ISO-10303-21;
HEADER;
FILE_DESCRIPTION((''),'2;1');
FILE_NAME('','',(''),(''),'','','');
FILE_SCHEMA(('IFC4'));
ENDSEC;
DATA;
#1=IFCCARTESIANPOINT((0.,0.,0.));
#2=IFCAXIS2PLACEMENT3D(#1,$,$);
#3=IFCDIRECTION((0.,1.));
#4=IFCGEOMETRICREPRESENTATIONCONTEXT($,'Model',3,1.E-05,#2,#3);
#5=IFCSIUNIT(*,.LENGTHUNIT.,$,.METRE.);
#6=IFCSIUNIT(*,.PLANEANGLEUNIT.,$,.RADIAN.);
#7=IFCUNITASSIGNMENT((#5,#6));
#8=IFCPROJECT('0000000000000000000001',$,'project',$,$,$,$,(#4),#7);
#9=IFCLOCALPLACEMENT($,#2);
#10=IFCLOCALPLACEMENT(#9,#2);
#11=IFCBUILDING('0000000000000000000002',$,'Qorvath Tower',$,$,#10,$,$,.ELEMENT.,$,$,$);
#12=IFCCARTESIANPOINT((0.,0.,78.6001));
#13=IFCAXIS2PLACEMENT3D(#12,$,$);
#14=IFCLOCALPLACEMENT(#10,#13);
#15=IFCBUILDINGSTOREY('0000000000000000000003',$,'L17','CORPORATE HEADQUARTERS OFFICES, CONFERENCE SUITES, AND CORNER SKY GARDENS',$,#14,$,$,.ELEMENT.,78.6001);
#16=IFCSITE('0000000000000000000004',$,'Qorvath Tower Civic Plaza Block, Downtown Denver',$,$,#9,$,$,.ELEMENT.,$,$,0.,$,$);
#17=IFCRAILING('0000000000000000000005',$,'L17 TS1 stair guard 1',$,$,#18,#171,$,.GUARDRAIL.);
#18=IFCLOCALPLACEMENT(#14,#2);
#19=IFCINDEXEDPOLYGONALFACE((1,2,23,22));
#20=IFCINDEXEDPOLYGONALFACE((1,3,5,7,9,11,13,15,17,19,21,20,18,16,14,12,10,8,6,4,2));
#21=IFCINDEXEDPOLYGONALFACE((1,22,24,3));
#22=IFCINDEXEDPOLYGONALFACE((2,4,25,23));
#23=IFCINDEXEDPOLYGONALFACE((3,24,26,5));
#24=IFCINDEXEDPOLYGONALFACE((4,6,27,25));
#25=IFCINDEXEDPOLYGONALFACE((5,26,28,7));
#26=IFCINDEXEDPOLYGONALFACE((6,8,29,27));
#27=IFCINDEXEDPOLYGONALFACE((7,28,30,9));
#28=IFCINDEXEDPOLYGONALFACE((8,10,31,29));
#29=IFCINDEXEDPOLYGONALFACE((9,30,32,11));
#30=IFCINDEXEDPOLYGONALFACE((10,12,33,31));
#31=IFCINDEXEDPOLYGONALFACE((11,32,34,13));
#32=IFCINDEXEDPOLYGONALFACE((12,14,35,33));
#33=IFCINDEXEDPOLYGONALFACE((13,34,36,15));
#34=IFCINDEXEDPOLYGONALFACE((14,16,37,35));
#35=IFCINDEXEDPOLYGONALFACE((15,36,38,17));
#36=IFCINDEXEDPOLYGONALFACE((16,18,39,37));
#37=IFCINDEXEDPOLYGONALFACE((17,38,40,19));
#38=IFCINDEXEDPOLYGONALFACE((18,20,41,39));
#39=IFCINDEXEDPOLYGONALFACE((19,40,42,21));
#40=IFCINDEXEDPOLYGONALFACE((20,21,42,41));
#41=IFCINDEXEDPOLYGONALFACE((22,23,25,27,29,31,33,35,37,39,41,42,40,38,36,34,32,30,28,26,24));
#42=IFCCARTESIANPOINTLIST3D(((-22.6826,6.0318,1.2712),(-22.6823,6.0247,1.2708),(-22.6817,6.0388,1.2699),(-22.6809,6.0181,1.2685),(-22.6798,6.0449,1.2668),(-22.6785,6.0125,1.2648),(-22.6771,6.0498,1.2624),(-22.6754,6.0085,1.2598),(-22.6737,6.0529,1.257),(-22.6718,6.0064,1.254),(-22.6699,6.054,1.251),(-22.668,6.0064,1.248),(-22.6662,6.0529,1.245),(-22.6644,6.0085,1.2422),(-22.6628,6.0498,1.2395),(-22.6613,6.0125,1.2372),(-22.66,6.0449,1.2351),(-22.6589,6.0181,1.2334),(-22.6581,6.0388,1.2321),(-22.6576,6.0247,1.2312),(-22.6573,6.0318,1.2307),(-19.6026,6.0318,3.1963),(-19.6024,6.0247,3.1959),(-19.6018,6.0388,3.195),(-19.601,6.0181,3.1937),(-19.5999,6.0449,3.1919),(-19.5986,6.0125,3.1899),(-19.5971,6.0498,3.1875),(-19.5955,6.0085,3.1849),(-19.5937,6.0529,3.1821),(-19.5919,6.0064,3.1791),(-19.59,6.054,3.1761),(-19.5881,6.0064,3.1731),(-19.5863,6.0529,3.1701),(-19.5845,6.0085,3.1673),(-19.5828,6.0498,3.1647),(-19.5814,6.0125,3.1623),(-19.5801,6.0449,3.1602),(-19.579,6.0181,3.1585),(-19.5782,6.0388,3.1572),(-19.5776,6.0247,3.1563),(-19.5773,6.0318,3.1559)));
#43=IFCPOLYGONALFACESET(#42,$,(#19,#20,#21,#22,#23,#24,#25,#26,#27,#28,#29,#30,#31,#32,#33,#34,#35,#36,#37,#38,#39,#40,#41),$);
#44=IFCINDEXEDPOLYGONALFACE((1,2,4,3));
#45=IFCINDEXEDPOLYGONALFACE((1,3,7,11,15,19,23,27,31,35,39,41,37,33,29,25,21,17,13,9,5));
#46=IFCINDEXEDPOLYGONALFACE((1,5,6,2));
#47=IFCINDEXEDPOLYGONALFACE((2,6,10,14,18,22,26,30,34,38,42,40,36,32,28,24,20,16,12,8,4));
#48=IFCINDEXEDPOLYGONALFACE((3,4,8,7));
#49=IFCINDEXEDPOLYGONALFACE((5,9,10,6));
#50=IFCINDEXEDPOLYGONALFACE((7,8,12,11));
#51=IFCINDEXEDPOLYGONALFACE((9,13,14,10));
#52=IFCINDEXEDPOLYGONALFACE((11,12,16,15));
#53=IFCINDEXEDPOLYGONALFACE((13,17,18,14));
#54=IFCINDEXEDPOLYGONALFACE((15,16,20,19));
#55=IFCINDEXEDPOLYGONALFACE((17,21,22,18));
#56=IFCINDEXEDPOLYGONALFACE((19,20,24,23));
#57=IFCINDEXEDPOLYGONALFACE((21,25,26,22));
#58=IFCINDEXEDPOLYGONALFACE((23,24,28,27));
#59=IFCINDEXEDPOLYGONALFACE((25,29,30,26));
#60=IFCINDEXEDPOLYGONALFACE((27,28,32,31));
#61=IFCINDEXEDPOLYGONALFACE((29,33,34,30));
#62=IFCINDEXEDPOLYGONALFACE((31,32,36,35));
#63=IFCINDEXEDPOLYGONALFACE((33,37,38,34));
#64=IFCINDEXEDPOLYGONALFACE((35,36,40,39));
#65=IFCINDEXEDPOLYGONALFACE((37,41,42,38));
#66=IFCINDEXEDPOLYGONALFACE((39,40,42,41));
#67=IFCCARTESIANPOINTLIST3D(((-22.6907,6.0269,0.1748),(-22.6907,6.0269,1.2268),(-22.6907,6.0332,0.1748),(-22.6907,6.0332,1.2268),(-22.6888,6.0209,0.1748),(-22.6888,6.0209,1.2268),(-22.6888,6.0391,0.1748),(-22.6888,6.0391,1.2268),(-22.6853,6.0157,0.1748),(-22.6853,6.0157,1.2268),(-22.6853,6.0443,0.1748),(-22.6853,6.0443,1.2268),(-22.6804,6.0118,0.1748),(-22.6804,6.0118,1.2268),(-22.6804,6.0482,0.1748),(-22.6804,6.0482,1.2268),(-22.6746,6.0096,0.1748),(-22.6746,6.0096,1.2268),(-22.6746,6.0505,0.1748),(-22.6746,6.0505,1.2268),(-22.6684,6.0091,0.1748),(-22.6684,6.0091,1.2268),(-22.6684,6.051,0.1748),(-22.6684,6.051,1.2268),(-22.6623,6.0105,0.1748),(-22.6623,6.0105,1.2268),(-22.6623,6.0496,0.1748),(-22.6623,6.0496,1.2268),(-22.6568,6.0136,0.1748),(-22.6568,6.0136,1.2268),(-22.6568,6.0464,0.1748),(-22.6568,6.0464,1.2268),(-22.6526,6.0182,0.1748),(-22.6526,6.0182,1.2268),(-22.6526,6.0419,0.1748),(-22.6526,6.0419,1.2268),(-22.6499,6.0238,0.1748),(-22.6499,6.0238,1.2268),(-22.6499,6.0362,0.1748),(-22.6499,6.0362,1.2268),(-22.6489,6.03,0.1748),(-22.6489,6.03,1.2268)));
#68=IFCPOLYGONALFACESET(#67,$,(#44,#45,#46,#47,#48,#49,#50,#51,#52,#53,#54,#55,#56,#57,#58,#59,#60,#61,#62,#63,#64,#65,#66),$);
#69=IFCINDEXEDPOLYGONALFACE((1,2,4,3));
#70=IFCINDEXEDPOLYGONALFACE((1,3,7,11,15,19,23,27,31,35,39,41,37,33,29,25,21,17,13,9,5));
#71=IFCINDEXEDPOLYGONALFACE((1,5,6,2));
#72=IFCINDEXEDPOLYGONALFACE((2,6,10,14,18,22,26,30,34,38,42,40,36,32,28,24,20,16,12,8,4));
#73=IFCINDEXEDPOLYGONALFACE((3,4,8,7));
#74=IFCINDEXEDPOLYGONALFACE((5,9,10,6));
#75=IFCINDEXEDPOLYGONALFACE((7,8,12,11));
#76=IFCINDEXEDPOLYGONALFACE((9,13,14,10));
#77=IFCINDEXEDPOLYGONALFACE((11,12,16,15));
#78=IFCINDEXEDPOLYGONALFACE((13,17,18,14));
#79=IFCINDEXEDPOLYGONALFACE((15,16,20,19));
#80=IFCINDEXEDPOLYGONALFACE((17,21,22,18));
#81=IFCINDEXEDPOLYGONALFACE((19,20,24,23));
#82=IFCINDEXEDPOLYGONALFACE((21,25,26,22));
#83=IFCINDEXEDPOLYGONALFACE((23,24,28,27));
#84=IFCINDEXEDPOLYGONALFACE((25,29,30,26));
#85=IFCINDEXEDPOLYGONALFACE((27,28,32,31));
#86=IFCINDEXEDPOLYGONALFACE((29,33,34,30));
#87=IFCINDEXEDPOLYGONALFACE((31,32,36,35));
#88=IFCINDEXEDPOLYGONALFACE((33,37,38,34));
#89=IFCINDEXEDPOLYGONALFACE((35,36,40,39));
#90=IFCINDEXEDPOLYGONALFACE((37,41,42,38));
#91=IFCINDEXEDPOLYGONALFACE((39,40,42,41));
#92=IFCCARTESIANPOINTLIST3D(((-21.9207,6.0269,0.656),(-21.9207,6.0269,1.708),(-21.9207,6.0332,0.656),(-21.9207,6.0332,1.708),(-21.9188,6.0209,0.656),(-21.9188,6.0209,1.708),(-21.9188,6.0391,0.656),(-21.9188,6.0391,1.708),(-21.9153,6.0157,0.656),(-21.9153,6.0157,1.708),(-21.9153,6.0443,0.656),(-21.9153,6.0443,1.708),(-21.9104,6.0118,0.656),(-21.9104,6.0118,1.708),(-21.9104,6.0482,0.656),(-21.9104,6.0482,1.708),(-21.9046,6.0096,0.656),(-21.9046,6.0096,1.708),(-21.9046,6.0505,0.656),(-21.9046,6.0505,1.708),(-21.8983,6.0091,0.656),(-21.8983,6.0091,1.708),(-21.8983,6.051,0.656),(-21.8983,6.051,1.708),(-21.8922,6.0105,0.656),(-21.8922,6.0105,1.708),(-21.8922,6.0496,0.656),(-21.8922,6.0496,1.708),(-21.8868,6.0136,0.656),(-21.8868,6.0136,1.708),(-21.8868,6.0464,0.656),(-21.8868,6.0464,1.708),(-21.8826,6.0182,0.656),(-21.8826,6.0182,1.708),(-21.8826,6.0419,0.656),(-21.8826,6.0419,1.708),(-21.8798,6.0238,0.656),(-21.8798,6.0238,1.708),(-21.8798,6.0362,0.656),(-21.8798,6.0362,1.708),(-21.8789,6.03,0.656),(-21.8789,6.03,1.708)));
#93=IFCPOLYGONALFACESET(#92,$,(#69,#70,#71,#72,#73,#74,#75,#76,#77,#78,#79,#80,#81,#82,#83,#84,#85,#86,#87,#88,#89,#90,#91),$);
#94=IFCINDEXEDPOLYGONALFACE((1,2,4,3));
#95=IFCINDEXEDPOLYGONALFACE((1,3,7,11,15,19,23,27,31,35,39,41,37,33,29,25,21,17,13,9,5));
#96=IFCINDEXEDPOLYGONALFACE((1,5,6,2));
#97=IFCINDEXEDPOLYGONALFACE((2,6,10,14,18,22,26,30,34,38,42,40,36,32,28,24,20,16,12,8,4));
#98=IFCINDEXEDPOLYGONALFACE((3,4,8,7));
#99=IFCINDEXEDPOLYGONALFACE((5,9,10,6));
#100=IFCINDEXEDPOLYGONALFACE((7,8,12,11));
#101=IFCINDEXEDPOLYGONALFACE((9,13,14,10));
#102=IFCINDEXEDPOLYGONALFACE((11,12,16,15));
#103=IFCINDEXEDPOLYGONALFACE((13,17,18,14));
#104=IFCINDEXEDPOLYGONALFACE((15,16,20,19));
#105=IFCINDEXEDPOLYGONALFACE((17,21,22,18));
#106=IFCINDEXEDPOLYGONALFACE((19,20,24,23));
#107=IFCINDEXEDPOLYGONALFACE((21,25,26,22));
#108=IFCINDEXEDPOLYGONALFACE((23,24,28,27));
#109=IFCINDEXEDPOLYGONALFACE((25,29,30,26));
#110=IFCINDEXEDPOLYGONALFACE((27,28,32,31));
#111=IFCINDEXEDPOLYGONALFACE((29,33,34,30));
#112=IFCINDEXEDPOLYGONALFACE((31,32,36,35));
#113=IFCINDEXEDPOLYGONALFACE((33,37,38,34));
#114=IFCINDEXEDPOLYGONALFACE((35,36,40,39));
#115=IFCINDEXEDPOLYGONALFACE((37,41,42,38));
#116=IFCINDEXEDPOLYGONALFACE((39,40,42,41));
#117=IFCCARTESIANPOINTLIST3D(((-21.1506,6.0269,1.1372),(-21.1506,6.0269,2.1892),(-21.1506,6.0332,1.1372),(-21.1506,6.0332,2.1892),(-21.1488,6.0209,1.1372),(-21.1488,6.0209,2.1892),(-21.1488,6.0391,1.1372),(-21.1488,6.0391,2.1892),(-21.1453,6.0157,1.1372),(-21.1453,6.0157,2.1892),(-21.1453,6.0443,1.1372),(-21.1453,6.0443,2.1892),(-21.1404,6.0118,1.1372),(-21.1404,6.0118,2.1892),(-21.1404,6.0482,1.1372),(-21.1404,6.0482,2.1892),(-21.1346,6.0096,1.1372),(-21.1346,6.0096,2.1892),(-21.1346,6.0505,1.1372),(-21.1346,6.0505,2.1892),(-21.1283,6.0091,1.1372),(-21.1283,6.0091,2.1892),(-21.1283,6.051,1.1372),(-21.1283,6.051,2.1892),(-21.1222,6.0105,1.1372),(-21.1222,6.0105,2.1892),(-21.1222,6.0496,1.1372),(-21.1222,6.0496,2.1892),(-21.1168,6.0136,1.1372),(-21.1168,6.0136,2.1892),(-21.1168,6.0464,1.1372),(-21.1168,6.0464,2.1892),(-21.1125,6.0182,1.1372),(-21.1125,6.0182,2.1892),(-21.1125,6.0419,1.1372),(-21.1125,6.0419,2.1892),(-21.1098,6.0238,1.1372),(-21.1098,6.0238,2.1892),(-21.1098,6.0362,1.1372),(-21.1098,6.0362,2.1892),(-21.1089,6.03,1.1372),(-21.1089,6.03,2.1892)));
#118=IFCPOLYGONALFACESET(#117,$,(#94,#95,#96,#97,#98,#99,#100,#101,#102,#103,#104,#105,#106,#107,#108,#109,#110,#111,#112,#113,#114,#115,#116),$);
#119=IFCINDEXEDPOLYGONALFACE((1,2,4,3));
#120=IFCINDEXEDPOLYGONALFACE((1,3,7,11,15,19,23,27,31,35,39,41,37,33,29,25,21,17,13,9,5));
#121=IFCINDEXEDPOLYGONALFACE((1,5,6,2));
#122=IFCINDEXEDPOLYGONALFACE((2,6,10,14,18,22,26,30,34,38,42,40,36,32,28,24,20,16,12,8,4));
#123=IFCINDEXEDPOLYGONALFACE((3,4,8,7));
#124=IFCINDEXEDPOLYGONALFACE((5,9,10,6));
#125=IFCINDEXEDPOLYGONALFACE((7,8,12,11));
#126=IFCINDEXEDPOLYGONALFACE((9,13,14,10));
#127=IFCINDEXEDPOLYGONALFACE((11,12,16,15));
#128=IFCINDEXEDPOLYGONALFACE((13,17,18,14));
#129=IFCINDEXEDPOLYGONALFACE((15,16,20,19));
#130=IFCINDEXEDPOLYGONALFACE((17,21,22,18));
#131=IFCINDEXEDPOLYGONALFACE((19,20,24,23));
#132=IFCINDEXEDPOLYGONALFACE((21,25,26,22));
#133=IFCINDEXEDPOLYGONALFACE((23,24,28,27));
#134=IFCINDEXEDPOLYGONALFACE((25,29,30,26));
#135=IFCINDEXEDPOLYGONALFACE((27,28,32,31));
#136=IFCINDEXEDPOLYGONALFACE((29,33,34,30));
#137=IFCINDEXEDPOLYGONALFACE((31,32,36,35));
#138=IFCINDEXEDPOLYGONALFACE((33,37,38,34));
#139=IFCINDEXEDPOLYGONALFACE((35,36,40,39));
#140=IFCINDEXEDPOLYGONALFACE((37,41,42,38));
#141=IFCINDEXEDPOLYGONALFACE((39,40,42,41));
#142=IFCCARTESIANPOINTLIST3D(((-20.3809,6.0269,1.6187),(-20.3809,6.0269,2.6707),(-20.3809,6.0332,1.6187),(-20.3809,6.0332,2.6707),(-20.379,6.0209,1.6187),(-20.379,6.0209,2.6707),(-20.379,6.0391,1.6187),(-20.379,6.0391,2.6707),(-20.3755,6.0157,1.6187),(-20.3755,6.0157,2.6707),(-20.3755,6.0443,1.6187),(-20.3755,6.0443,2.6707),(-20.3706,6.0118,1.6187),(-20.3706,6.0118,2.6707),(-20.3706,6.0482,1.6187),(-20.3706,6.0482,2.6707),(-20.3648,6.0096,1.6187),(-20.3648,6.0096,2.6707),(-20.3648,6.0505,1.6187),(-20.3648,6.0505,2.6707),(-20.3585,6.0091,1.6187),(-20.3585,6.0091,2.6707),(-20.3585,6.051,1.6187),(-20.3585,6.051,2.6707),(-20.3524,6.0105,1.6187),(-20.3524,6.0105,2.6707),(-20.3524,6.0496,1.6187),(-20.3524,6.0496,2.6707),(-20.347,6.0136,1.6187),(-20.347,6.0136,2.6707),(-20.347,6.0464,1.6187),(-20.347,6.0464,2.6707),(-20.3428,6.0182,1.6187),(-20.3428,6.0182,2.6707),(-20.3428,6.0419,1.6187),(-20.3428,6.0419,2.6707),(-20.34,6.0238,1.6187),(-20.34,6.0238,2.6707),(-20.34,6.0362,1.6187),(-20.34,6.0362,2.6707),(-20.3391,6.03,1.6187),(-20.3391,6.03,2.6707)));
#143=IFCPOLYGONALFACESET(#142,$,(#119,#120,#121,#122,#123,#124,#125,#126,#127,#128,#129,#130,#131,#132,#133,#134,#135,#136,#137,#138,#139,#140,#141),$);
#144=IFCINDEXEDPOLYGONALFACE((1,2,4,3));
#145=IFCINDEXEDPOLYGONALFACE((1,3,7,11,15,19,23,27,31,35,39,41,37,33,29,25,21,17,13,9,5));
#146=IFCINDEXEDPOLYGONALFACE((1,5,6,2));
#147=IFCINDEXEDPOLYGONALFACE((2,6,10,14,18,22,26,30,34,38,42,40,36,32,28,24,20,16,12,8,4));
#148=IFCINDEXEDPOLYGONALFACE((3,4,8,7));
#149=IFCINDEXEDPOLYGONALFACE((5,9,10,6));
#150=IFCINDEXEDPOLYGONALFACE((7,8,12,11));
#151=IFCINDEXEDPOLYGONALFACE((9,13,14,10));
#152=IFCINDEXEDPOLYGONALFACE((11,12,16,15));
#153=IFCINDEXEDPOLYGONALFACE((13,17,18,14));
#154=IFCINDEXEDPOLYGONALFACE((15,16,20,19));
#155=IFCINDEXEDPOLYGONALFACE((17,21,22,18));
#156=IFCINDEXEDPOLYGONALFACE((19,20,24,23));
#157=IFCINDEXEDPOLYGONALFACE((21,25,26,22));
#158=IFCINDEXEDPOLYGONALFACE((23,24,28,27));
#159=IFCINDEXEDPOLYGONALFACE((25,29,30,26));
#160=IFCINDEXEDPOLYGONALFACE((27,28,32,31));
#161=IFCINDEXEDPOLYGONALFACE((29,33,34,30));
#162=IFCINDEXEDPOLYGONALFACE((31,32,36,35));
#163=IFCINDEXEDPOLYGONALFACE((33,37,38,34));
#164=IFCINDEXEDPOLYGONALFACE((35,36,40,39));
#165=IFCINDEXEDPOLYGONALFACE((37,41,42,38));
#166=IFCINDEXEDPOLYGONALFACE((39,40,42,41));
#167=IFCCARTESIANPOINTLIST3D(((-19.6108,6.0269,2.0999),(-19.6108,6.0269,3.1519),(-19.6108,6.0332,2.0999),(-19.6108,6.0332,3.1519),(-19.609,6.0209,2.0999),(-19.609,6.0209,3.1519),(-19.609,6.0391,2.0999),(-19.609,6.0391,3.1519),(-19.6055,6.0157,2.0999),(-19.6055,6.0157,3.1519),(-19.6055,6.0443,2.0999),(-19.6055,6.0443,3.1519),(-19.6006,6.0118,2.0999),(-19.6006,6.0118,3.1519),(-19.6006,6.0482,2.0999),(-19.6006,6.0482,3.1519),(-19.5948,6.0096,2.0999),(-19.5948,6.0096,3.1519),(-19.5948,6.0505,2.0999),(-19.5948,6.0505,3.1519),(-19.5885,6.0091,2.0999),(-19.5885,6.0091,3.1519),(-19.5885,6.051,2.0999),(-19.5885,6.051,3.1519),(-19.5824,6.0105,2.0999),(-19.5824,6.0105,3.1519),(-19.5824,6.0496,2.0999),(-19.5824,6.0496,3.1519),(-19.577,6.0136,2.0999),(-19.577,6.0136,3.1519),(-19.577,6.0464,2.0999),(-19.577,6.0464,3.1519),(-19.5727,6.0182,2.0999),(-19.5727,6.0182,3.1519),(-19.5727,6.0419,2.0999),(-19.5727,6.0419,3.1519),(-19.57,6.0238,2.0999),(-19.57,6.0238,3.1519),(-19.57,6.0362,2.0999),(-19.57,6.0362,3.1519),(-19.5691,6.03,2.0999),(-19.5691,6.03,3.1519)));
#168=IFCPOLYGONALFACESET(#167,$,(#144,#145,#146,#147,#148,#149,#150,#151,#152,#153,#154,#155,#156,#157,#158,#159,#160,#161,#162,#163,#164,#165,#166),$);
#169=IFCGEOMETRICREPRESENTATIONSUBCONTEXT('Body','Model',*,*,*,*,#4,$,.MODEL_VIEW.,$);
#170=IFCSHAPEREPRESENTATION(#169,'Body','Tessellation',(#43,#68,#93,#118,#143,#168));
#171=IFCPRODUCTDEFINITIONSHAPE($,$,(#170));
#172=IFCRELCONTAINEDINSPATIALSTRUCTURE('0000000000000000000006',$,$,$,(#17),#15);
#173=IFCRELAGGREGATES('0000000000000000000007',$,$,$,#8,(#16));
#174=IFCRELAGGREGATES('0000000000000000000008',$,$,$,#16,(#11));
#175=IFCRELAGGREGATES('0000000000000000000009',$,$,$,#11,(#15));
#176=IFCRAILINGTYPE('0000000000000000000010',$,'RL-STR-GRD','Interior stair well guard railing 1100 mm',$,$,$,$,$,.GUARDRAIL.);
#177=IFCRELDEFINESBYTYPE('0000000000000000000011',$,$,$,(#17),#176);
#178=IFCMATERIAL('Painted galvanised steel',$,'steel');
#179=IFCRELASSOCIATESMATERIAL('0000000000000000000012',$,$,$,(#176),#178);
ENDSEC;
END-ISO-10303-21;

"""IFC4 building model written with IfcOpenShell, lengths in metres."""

from ifc_helpers import new_model, si_unit, direction, frame, origin, origin_2d, place, context, subcontext, project, spatial, circle, extrude, material, type_object, element, save


model = new_model("IFC4")

# Units and contexts
model_context = context("Model", 3, precision=1e-05, world=origin(), true_north=direction((0.0, 1.0)))
body_context = subcontext(model_context, "Body", "Model", "MODEL_VIEW")
ifc_project = project(units=[si_unit("LENGTHUNIT", "METRE"), si_unit("PLANEANGLEUNIT", "RADIAN")], contexts=[model_context])

# Site, building, storey
site_placement = place(None, origin())
site = spatial("IfcSite", under=ifc_project, at=site_placement, Name="Qorvath Tower Civic Plaza Block, Downtown Denver", CompositionType="ELEMENT", RefElevation=0.0)
building_placement = place(site_placement, origin())
building = spatial("IfcBuilding", under=site, at=building_placement, Name="Qorvath Tower", CompositionType="ELEMENT")
storey_placement = place(building_placement, frame((0.0, 0.0, 78.6001)))
storey = spatial("IfcBuildingStorey", under=building, at=storey_placement, Name="L17", Description="CORPORATE HEADQUARTERS OFFICES, CONFERENCE SUITES, AND CORNER SKY GARDENS", CompositionType="ELEMENT", Elevation=78.6001)

# Railing
ifc_material_1 = material(Name="Painted galvanised steel", Category="steel")
railing_type_1 = type_object("IfcRailingType", Name="RL-STR-GRD", Description="Interior stair well guard railing 1100 mm", PredefinedType="GUARDRAIL", material=ifc_material_1)
railing_1_placement = place(storey_placement, frame((-22.6699, 6.03, 0.1748)))
element("IfcRailing", 1, at=railing_1_placement, inside=storey, type_object=railing_type_1, Name="L17 TS1 stair guard 1", PredefinedType="GUARDRAIL", context=body_context, shape_type="SweptSolid", body=[
    extrude(circle(Radius=0.0239, at=origin_2d()), frame((0.0, 0.0, 1.0762), z_axis=(0.847979, 0.0, 0.530029), x_axis=(0.0, 1.0, 0.0)), (0.0, 0.0, 1.0), 3.6321),
    extrude(circle(Radius=0.021, at=origin_2d()), origin(), (0.0, 0.0, 1.0), 1.052),
    extrude(circle(Radius=0.021, at=origin_2d()), frame((0.77, 0.0, 0.4812)), (0.0, 0.0, 1.0), 1.052),
    extrude(circle(Radius=0.021, at=origin_2d()), frame((1.54, 0.0, 0.9624)), (0.0, 0.0, 1.0), 1.052),
    extrude(circle(Radius=0.021, at=origin_2d()), frame((2.3098, 0.0, 1.4438)), (0.0, 0.0, 1.0), 1.052),
    extrude(circle(Radius=0.021, at=origin_2d()), frame((3.0798, 0.0, 1.925)), (0.0, 0.0, 1.0), 1.052),
])

save(model, "model.ifc")
